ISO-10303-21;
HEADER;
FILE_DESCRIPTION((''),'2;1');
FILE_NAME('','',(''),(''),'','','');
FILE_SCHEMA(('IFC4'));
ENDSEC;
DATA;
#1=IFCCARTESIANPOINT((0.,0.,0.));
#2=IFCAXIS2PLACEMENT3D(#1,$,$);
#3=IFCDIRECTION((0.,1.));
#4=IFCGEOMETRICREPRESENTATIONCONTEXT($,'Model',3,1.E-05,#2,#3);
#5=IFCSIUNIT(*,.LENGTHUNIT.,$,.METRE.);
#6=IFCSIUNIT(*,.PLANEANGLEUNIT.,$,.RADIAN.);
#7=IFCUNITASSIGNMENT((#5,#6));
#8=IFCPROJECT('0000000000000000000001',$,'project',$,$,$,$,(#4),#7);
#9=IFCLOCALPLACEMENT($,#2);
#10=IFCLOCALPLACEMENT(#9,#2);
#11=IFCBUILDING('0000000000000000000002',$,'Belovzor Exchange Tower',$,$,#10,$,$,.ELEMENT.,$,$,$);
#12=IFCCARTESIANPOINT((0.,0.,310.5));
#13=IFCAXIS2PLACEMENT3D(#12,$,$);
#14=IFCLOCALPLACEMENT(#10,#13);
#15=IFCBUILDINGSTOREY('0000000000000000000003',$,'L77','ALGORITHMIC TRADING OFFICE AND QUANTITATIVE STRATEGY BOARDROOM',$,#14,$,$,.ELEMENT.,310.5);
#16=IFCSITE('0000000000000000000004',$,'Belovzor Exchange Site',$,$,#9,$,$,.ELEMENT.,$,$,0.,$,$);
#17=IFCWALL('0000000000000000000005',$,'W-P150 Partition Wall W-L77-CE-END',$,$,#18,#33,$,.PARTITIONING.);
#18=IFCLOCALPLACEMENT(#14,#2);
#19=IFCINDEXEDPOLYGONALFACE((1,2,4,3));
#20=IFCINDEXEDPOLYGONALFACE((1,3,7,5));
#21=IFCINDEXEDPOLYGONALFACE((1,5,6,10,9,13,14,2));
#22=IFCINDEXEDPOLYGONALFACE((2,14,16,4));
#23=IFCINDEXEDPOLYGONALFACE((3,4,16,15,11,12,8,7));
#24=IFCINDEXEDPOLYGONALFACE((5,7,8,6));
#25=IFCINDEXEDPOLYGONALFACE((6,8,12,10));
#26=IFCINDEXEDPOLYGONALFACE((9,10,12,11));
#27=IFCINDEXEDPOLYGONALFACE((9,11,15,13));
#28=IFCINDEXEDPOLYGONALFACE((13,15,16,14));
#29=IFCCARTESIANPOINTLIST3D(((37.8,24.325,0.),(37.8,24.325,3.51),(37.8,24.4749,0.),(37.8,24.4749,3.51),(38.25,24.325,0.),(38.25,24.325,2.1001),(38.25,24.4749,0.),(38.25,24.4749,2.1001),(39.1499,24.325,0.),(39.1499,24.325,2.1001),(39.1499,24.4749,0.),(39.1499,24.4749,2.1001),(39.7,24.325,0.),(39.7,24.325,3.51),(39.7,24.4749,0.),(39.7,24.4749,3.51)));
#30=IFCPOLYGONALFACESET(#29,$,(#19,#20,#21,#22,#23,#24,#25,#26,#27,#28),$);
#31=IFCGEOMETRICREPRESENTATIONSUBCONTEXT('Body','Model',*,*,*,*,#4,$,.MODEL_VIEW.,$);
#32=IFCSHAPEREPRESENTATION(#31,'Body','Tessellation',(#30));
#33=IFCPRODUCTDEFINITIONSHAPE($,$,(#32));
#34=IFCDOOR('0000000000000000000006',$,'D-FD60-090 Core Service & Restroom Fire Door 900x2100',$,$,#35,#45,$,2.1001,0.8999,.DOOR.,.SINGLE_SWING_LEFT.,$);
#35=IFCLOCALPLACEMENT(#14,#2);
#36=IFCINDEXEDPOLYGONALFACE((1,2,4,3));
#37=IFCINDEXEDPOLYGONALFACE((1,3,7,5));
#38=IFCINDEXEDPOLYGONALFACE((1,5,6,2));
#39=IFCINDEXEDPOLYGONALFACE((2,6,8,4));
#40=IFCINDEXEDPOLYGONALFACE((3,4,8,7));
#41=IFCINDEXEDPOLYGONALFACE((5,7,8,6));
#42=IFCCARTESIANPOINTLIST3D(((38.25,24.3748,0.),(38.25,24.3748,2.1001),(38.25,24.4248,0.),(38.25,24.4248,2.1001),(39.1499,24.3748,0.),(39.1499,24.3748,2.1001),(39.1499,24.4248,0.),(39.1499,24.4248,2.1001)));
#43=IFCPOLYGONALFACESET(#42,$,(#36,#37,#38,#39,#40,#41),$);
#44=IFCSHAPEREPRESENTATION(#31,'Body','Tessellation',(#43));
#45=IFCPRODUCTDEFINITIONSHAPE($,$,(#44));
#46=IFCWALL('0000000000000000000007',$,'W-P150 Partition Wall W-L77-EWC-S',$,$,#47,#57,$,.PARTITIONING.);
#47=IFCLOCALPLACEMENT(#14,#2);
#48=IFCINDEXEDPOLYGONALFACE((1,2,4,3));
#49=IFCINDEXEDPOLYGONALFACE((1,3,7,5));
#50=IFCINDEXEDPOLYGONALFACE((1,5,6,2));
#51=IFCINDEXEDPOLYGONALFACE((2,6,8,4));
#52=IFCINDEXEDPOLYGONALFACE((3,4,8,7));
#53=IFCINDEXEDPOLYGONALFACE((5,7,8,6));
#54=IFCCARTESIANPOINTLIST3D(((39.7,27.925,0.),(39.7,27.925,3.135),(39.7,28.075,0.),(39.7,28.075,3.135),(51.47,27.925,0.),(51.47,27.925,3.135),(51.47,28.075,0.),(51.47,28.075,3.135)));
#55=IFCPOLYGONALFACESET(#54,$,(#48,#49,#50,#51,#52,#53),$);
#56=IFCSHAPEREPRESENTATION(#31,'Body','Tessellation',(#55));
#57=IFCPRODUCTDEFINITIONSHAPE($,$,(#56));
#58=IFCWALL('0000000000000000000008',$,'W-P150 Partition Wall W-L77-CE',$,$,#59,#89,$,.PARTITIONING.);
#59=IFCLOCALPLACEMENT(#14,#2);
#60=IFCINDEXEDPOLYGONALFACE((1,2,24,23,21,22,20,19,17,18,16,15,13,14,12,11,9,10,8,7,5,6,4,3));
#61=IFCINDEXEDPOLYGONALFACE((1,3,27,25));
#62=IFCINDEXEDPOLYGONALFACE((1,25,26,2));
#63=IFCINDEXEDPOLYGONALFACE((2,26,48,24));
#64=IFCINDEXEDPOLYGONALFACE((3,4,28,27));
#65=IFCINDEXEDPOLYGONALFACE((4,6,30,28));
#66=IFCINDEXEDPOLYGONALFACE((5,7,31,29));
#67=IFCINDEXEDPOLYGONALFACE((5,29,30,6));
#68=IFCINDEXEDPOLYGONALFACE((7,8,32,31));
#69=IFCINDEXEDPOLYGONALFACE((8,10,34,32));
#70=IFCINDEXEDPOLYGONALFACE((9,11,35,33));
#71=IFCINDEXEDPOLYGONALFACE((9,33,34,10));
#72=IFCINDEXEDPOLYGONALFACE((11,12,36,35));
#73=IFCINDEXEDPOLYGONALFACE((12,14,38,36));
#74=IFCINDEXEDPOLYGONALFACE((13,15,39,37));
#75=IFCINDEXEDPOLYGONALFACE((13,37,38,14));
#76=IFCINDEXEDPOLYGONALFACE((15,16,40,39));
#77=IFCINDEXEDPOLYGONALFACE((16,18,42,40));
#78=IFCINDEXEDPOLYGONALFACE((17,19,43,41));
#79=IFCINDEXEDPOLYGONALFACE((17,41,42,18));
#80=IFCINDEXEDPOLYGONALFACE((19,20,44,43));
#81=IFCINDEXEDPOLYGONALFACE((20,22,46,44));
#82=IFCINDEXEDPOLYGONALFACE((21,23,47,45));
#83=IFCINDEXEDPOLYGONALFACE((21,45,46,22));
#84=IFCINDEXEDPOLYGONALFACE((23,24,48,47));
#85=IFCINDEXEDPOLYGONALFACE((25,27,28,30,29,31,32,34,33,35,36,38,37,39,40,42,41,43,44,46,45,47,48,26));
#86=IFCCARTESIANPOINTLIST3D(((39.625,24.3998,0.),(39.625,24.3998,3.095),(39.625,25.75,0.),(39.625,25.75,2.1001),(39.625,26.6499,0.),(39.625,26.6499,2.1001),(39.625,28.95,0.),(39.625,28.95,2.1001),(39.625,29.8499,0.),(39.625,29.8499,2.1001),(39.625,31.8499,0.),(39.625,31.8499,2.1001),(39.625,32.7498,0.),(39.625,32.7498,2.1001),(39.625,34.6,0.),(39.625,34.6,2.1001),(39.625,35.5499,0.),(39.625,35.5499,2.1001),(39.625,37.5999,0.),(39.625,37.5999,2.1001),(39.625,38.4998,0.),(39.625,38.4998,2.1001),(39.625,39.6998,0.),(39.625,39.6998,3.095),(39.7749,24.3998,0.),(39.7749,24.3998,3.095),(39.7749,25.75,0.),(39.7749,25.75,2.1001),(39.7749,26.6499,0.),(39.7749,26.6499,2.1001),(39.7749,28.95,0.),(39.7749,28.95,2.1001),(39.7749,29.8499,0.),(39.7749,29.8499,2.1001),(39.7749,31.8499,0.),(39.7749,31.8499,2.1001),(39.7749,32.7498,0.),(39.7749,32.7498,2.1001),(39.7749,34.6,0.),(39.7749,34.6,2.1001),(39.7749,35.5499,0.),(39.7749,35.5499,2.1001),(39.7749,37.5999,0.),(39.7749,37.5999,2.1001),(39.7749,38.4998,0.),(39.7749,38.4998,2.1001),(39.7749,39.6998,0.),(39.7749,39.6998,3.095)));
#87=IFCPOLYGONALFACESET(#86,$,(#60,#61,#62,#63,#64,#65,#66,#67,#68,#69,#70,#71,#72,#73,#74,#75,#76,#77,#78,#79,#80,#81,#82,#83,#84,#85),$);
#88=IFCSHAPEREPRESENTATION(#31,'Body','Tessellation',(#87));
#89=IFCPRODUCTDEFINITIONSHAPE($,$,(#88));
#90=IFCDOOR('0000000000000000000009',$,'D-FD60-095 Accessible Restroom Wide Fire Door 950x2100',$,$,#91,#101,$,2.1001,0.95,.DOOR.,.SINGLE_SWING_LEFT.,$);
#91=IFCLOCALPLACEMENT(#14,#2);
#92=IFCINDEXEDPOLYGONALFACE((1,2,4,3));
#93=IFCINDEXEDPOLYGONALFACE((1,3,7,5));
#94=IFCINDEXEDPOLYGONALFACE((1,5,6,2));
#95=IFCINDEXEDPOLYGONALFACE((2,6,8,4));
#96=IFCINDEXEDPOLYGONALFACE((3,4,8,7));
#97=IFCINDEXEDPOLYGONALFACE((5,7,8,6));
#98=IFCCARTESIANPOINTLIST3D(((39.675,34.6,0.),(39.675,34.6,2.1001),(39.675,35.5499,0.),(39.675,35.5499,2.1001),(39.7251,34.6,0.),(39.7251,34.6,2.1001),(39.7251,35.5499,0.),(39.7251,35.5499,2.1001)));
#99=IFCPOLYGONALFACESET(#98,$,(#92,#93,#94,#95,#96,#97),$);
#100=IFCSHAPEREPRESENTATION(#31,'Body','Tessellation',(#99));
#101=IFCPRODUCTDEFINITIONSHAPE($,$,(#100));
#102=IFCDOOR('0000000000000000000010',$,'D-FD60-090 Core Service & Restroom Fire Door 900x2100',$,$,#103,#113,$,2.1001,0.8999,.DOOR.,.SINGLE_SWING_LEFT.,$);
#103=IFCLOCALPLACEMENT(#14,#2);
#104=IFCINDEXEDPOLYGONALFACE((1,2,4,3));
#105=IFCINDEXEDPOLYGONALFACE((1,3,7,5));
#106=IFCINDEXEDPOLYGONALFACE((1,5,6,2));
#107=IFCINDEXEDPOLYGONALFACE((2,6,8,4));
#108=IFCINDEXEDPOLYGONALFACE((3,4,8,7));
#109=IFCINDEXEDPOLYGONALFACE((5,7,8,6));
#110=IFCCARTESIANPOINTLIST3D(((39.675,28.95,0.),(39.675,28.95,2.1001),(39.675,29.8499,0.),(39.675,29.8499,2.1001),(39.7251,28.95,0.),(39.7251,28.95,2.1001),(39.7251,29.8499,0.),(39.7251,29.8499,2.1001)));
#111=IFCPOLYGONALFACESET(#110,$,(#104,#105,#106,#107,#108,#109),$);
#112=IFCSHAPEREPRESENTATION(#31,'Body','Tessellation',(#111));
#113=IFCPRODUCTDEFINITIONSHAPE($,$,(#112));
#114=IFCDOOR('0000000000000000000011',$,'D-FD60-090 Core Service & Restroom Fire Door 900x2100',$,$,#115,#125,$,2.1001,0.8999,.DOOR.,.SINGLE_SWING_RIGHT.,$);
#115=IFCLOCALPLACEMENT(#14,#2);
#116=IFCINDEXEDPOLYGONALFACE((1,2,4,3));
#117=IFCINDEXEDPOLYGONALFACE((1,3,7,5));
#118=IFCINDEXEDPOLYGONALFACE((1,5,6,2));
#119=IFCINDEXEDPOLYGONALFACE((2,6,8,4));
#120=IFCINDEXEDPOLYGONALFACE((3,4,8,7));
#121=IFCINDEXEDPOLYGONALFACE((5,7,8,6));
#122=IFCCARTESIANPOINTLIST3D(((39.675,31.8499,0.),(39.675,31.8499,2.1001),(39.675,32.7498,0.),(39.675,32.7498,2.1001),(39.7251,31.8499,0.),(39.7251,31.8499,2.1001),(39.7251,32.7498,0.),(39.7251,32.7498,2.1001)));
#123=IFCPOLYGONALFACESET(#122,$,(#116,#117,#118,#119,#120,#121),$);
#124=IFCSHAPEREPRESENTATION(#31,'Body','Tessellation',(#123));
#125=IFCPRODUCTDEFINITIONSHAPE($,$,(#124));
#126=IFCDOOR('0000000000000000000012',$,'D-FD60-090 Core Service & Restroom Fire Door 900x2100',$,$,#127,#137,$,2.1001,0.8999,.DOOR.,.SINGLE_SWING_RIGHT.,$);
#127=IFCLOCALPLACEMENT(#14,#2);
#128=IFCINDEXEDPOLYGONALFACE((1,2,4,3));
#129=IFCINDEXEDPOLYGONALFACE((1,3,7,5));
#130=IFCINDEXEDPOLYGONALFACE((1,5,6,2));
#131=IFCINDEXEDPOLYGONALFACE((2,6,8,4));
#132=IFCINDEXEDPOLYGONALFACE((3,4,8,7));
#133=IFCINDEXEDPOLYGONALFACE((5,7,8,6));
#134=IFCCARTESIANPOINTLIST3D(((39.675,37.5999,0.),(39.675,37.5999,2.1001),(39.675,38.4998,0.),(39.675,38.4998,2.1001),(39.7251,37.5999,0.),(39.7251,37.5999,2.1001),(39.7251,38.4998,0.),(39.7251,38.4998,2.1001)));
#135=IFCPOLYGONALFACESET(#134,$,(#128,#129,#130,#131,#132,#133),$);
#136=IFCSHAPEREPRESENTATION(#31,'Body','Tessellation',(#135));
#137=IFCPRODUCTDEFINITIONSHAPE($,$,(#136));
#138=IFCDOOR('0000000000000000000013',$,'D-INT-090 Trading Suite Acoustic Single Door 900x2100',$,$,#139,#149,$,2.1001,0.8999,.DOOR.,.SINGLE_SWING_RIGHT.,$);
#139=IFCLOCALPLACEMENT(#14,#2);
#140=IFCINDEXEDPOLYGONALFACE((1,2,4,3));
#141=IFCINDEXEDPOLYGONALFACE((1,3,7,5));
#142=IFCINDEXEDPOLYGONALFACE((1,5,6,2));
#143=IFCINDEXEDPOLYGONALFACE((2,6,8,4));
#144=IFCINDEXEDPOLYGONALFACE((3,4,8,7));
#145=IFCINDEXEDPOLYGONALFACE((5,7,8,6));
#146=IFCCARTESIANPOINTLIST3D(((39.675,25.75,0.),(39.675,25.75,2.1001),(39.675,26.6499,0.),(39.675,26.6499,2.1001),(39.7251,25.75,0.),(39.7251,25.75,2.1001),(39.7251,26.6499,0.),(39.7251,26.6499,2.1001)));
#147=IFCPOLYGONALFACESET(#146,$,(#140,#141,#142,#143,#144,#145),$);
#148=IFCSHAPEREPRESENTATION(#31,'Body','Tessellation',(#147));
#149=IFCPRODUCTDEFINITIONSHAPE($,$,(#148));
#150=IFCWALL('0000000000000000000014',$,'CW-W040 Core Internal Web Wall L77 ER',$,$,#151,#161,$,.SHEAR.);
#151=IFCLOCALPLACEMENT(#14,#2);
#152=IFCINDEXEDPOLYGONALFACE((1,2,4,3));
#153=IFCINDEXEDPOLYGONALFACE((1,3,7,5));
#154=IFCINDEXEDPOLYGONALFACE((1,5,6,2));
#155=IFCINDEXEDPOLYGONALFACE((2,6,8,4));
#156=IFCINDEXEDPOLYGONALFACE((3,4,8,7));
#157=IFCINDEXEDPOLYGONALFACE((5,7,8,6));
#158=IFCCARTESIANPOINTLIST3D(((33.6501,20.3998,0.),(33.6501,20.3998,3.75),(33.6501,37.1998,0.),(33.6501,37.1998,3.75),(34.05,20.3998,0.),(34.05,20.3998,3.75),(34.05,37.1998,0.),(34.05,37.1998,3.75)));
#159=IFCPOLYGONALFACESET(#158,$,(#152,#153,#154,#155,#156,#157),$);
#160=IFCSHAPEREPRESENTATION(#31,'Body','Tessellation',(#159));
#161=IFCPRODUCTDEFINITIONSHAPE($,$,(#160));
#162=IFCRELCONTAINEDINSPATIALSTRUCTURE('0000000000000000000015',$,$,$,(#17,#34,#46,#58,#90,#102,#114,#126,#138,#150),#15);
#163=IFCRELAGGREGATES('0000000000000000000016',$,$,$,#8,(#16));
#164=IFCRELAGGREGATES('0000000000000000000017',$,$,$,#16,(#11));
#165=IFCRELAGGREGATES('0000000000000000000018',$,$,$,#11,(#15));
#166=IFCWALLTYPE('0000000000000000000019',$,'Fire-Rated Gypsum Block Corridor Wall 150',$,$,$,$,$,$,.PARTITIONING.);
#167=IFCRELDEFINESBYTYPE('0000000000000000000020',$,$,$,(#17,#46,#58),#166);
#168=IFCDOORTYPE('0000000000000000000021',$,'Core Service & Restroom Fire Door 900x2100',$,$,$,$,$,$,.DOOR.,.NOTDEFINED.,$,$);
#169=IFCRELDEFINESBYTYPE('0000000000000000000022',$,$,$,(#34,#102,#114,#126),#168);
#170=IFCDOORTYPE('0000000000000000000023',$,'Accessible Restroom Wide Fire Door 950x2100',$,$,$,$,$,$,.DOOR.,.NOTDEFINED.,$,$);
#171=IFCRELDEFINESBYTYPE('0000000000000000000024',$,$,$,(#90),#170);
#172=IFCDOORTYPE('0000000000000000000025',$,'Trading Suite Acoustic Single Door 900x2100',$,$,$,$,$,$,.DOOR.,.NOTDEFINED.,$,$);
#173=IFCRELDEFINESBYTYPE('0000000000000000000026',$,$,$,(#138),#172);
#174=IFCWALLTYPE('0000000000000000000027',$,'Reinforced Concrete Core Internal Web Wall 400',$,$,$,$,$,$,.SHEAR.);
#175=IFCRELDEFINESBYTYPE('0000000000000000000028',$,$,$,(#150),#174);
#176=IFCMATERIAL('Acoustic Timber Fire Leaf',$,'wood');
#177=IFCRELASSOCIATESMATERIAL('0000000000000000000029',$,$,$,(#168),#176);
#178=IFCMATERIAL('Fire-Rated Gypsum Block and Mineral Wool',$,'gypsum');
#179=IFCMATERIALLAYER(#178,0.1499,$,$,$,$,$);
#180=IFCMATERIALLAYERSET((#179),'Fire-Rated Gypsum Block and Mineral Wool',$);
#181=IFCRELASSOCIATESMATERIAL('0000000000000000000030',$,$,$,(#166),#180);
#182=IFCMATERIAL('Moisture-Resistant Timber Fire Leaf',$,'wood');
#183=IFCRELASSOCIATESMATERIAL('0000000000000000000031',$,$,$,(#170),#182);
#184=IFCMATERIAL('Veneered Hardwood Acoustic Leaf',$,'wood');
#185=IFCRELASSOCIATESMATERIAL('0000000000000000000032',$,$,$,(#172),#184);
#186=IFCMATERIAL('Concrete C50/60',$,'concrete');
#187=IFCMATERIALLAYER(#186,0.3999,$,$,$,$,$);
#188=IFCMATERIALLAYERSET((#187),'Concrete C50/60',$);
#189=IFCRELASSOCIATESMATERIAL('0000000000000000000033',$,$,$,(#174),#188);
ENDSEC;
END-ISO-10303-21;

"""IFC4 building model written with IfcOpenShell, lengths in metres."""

from ifc_helpers import new_model, si_unit, direction, frame, frame_2d, origin, place, context, subcontext, project, spatial, rectangle, extrude, material, layer, layer_set, type_object, element, fill, save


model = new_model("IFC4")

# Units and contexts
model_context = context("Model", 3, precision=1e-05, world=origin(), true_north=direction((0.0, 1.0)))
body_context = subcontext(model_context, "Body", "Model", "MODEL_VIEW")
ifc_project = project(units=[si_unit("LENGTHUNIT", "METRE"), si_unit("PLANEANGLEUNIT", "RADIAN")], contexts=[model_context])

# Site, building, storey
site_placement = place(None, origin())
site = spatial("IfcSite", under=ifc_project, at=site_placement, Name="Belovzor Exchange Site", CompositionType="ELEMENT", RefElevation=0.0)
building_placement = place(site_placement, origin())
building = spatial("IfcBuilding", under=site, at=building_placement, Name="Belovzor Exchange Tower", CompositionType="ELEMENT")
storey_placement = place(building_placement, frame((0.0, 0.0, 310.5)))
storey = spatial("IfcBuildingStorey", under=building, at=storey_placement, Name="L77", Description="ALGORITHMIC TRADING OFFICE AND QUANTITATIVE STRATEGY BOARDROOM", CompositionType="ELEMENT", Elevation=310.5)

# Shared definitions
ifc_material_1 = material(Name="Acoustic Timber Fire Leaf", Category="wood")
door_type_1 = type_object("IfcDoorType", Name="Core Service & Restroom Fire Door 900x2100", OperationType="NOTDEFINED", PredefinedType="DOOR", material=ifc_material_1)

# Wall, opening, door
ifc_material_2 = material(Name="Fire-Rated Gypsum Block and Mineral Wool", Category="gypsum")
ifc_layer_1 = layer(ifc_material_2, 0.1499)
ifc_layer_set_1 = layer_set([ifc_layer_1], Name="Fire-Rated Gypsum Block and Mineral Wool")
wall_type_1 = type_object("IfcWallType", Name="Fire-Rated Gypsum Block Corridor Wall 150", PredefinedType="PARTITIONING", material=ifc_layer_set_1)
wall_1_placement = place(storey_placement, frame((37.8, 24.3999, 0.0), z_axis=(0.0, 0.0, 1.0), x_axis=(1.0, 0.0, 0.0)))
wall_1 = element("IfcWall", 1, at=wall_1_placement, inside=storey, type_object=wall_type_1, Name="W-P150 Partition Wall W-L77-CE-END", PredefinedType="PARTITIONING", context=body_context, shape_type="SweptSolid", body=[
    extrude(rectangle(XDim=1.8999, YDim=0.1499, at=frame_2d((0.95, 0.0))), origin(), (0.0, 0.0, 1.0), 3.51),
])
opening_1_placement = place(wall_1_placement, frame((0.45, 0.0, 0.0)))
opening_1 = element("IfcOpeningElement", 2, at=opening_1_placement, cuts=wall_1, PredefinedType="OPENING", context=body_context, shape_type="SweptSolid", body=[
    extrude(rectangle(XDim=0.8999, YDim=2.1001, at=frame_2d((0.45, 1.05))), frame((0.0, 0.085, 0.0), z_axis=(0.0, -1.0, 0.0), x_axis=(1.0, 0.0, 0.0)), (0.0, 0.0, 1.0), 0.1699),
])
door_1_placement = place(opening_1_placement, origin())
door_1 = element("IfcDoor", 3, at=door_1_placement, inside=storey, type_object=door_type_1, Name="D-FD60-090 Core Service & Restroom Fire Door 900x2100", OperationType="SINGLE_SWING_LEFT", OverallHeight=2.1001, OverallWidth=0.8999, PredefinedType="DOOR", context=body_context, shape_type="SweptSolid", body=[
    extrude(rectangle(XDim=0.8999, YDim=2.1001, at=frame_2d((0.45, 1.05))), frame((0.0, 0.0249, 0.0), z_axis=(0.0, -1.0, 0.0), x_axis=(1.0, 0.0, 0.0)), (0.0, 0.0, 1.0), 0.05),
])
fill(opening_1, door_1)

# Wall
wall_2_placement = place(storey_placement, frame((39.7, 28.0, 0.0), z_axis=(0.0, 0.0, 1.0), x_axis=(1.0, 0.0, 0.0)))
element("IfcWall", 4, at=wall_2_placement, inside=storey, type_object=wall_type_1, Name="W-P150 Partition Wall W-L77-EWC-S", PredefinedType="PARTITIONING", context=body_context, shape_type="SweptSolid", body=[
    extrude(rectangle(XDim=11.77, YDim=0.1499, at=frame_2d((5.885, 0.0))), origin(), (0.0, 0.0, 1.0), 3.135),
])

# Wall, openings, doors
wall_3_placement = place(storey_placement, frame((39.7, 24.3999, 0.0), z_axis=(0.0, 0.0, 1.0), x_axis=(0.0, 1.0, 0.0)))
wall_3 = element("IfcWall", 5, at=wall_3_placement, inside=storey, type_object=wall_type_1, Name="W-P150 Partition Wall W-L77-CE", PredefinedType="PARTITIONING", context=body_context, shape_type="SweptSolid", body=[
    extrude(rectangle(XDim=15.3, YDim=0.1499, at=frame_2d((7.6499, 0.0))), origin(), (0.0, 0.0, 1.0), 3.095),
])
opening_2_placement = place(wall_3_placement, frame((1.3501, 0.0, 0.0)))
opening_2 = element("IfcOpeningElement", 6, at=opening_2_placement, cuts=wall_3, PredefinedType="OPENING", context=body_context, shape_type="SweptSolid", body=[
    extrude(rectangle(XDim=0.8999, YDim=2.1001, at=frame_2d((0.45, 1.05))), frame((0.0, 0.085, 0.0), z_axis=(0.0, -1.0, 0.0), x_axis=(1.0, 0.0, 0.0)), (0.0, 0.0, 1.0), 0.1699),
])
opening_3_placement = place(wall_3_placement, frame((4.55, 0.0, 0.0)))
opening_3 = element("IfcOpeningElement", 7, at=opening_3_placement, cuts=wall_3, PredefinedType="OPENING", context=body_context, shape_type="SweptSolid", body=[
    extrude(rectangle(XDim=0.8999, YDim=2.1001, at=frame_2d((0.45, 1.05))), frame((0.0, 0.085, 0.0), z_axis=(0.0, -1.0, 0.0), x_axis=(1.0, 0.0, 0.0)), (0.0, 0.0, 1.0), 0.1699),
])
opening_4_placement = place(wall_3_placement, frame((7.45, 0.0, 0.0)))
opening_4 = element("IfcOpeningElement", 8, at=opening_4_placement, cuts=wall_3, PredefinedType="OPENING", context=body_context, shape_type="SweptSolid", body=[
    extrude(rectangle(XDim=0.8999, YDim=2.1001, at=frame_2d((0.45, 1.05))), frame((0.0, 0.085, 0.0), z_axis=(0.0, -1.0, 0.0), x_axis=(1.0, 0.0, 0.0)), (0.0, 0.0, 1.0), 0.1699),
])
opening_5_placement = place(wall_3_placement, frame((10.2, 0.0, 0.0)))
opening_5 = element("IfcOpeningElement", 9, at=opening_5_placement, cuts=wall_3, PredefinedType="OPENING", context=body_context, shape_type="SweptSolid", body=[
    extrude(rectangle(XDim=0.95, YDim=2.1001, at=frame_2d((0.4751, 1.05))), frame((0.0, 0.085, 0.0), z_axis=(0.0, -1.0, 0.0), x_axis=(1.0, 0.0, 0.0)), (0.0, 0.0, 1.0), 0.1699),
])
opening_6_placement = place(wall_3_placement, frame((13.2, 0.0, 0.0)))
opening_6 = element("IfcOpeningElement", 10, at=opening_6_placement, cuts=wall_3, PredefinedType="OPENING", context=body_context, shape_type="SweptSolid", body=[
    extrude(rectangle(XDim=0.8999, YDim=2.1001, at=frame_2d((0.45, 1.05))), frame((0.0, 0.085, 0.0), z_axis=(0.0, -1.0, 0.0), x_axis=(1.0, 0.0, 0.0)), (0.0, 0.0, 1.0), 0.1699),
])
ifc_material_3 = material(Name="Moisture-Resistant Timber Fire Leaf", Category="wood")
door_type_2 = type_object("IfcDoorType", Name="Accessible Restroom Wide Fire Door 950x2100", OperationType="NOTDEFINED", PredefinedType="DOOR", material=ifc_material_3)
door_2_placement = place(opening_5_placement, origin())
door_2 = element("IfcDoor", 11, at=door_2_placement, inside=storey, type_object=door_type_2, Name="D-FD60-095 Accessible Restroom Wide Fire Door 950x2100", OperationType="SINGLE_SWING_LEFT", OverallHeight=2.1001, OverallWidth=0.95, PredefinedType="DOOR", context=body_context, shape_type="SweptSolid", body=[
    extrude(rectangle(XDim=0.95, YDim=2.1001, at=frame_2d((0.4751, 1.05))), frame((0.0, 0.0249, 0.0), z_axis=(0.0, -1.0, 0.0), x_axis=(1.0, 0.0, 0.0)), (0.0, 0.0, 1.0), 0.05),
])
fill(opening_5, door_2)
door_3_placement = place(opening_3_placement, origin())
door_3 = element("IfcDoor", 12, at=door_3_placement, inside=storey, type_object=door_type_1, Name="D-FD60-090 Core Service & Restroom Fire Door 900x2100", OperationType="SINGLE_SWING_LEFT", OverallHeight=2.1001, OverallWidth=0.8999, PredefinedType="DOOR", context=body_context, shape_type="SweptSolid", body=[
    extrude(rectangle(XDim=0.8999, YDim=2.1001, at=frame_2d((0.45, 1.05))), frame((0.0, 0.0249, 0.0), z_axis=(0.0, -1.0, 0.0), x_axis=(1.0, 0.0, 0.0)), (0.0, 0.0, 1.0), 0.05),
])
fill(opening_3, door_3)
door_4_placement = place(opening_4_placement, origin())
door_4 = element("IfcDoor", 13, at=door_4_placement, inside=storey, type_object=door_type_1, Name="D-FD60-090 Core Service & Restroom Fire Door 900x2100", OperationType="SINGLE_SWING_RIGHT", OverallHeight=2.1001, OverallWidth=0.8999, PredefinedType="DOOR", context=body_context, shape_type="SweptSolid", body=[
    extrude(rectangle(XDim=0.8999, YDim=2.1001, at=frame_2d((0.45, 1.05))), frame((0.0, 0.0249, 0.0), z_axis=(0.0, -1.0, 0.0), x_axis=(1.0, 0.0, 0.0)), (0.0, 0.0, 1.0), 0.05),
])
fill(opening_4, door_4)
door_5_placement = place(opening_6_placement, origin())
door_5 = element("IfcDoor", 14, at=door_5_placement, inside=storey, type_object=door_type_1, Name="D-FD60-090 Core Service & Restroom Fire Door 900x2100", OperationType="SINGLE_SWING_RIGHT", OverallHeight=2.1001, OverallWidth=0.8999, PredefinedType="DOOR", context=body_context, shape_type="SweptSolid", body=[
    extrude(rectangle(XDim=0.8999, YDim=2.1001, at=frame_2d((0.45, 1.05))), frame((0.0, 0.0249, 0.0), z_axis=(0.0, -1.0, 0.0), x_axis=(1.0, 0.0, 0.0)), (0.0, 0.0, 1.0), 0.05),
])
fill(opening_6, door_5)
ifc_material_4 = material(Name="Veneered Hardwood Acoustic Leaf", Category="wood")
door_type_3 = type_object("IfcDoorType", Name="Trading Suite Acoustic Single Door 900x2100", OperationType="NOTDEFINED", PredefinedType="DOOR", material=ifc_material_4)
door_6_placement = place(opening_2_placement, origin())
door_6 = element("IfcDoor", 15, at=door_6_placement, inside=storey, type_object=door_type_3, Name="D-INT-090 Trading Suite Acoustic Single Door 900x2100", OperationType="SINGLE_SWING_RIGHT", OverallHeight=2.1001, OverallWidth=0.8999, PredefinedType="DOOR", context=body_context, shape_type="SweptSolid", body=[
    extrude(rectangle(XDim=0.8999, YDim=2.1001, at=frame_2d((0.45, 1.05))), frame((0.0, 0.0249, 0.0), z_axis=(0.0, -1.0, 0.0), x_axis=(1.0, 0.0, 0.0)), (0.0, 0.0, 1.0), 0.05),
])
fill(opening_2, door_6)

# Wall
ifc_material_5 = material(Name="Concrete C50/60", Category="concrete")
ifc_layer_2 = layer(ifc_material_5, 0.3999)
ifc_layer_set_2 = layer_set([ifc_layer_2], Name="Concrete C50/60")
wall_type_2 = type_object("IfcWallType", Name="Reinforced Concrete Core Internal Web Wall 400", PredefinedType="SHEAR", material=ifc_layer_set_2)
wall_4_placement = place(storey_placement, frame((33.8501, 20.3999, 0.0), z_axis=(0.0, 0.0, 1.0), x_axis=(0.0, 1.0, 0.0)))
element("IfcWall", 16, at=wall_4_placement, inside=storey, type_object=wall_type_2, Name="CW-W040 Core Internal Web Wall L77 ER", PredefinedType="SHEAR", context=body_context, shape_type="SweptSolid", body=[
    extrude(rectangle(XDim=16.8, YDim=0.3999, at=frame_2d((8.3999, 0.0))), origin(), (0.0, 0.0, 1.0), 3.75),
])

save(model, "model.ifc")
